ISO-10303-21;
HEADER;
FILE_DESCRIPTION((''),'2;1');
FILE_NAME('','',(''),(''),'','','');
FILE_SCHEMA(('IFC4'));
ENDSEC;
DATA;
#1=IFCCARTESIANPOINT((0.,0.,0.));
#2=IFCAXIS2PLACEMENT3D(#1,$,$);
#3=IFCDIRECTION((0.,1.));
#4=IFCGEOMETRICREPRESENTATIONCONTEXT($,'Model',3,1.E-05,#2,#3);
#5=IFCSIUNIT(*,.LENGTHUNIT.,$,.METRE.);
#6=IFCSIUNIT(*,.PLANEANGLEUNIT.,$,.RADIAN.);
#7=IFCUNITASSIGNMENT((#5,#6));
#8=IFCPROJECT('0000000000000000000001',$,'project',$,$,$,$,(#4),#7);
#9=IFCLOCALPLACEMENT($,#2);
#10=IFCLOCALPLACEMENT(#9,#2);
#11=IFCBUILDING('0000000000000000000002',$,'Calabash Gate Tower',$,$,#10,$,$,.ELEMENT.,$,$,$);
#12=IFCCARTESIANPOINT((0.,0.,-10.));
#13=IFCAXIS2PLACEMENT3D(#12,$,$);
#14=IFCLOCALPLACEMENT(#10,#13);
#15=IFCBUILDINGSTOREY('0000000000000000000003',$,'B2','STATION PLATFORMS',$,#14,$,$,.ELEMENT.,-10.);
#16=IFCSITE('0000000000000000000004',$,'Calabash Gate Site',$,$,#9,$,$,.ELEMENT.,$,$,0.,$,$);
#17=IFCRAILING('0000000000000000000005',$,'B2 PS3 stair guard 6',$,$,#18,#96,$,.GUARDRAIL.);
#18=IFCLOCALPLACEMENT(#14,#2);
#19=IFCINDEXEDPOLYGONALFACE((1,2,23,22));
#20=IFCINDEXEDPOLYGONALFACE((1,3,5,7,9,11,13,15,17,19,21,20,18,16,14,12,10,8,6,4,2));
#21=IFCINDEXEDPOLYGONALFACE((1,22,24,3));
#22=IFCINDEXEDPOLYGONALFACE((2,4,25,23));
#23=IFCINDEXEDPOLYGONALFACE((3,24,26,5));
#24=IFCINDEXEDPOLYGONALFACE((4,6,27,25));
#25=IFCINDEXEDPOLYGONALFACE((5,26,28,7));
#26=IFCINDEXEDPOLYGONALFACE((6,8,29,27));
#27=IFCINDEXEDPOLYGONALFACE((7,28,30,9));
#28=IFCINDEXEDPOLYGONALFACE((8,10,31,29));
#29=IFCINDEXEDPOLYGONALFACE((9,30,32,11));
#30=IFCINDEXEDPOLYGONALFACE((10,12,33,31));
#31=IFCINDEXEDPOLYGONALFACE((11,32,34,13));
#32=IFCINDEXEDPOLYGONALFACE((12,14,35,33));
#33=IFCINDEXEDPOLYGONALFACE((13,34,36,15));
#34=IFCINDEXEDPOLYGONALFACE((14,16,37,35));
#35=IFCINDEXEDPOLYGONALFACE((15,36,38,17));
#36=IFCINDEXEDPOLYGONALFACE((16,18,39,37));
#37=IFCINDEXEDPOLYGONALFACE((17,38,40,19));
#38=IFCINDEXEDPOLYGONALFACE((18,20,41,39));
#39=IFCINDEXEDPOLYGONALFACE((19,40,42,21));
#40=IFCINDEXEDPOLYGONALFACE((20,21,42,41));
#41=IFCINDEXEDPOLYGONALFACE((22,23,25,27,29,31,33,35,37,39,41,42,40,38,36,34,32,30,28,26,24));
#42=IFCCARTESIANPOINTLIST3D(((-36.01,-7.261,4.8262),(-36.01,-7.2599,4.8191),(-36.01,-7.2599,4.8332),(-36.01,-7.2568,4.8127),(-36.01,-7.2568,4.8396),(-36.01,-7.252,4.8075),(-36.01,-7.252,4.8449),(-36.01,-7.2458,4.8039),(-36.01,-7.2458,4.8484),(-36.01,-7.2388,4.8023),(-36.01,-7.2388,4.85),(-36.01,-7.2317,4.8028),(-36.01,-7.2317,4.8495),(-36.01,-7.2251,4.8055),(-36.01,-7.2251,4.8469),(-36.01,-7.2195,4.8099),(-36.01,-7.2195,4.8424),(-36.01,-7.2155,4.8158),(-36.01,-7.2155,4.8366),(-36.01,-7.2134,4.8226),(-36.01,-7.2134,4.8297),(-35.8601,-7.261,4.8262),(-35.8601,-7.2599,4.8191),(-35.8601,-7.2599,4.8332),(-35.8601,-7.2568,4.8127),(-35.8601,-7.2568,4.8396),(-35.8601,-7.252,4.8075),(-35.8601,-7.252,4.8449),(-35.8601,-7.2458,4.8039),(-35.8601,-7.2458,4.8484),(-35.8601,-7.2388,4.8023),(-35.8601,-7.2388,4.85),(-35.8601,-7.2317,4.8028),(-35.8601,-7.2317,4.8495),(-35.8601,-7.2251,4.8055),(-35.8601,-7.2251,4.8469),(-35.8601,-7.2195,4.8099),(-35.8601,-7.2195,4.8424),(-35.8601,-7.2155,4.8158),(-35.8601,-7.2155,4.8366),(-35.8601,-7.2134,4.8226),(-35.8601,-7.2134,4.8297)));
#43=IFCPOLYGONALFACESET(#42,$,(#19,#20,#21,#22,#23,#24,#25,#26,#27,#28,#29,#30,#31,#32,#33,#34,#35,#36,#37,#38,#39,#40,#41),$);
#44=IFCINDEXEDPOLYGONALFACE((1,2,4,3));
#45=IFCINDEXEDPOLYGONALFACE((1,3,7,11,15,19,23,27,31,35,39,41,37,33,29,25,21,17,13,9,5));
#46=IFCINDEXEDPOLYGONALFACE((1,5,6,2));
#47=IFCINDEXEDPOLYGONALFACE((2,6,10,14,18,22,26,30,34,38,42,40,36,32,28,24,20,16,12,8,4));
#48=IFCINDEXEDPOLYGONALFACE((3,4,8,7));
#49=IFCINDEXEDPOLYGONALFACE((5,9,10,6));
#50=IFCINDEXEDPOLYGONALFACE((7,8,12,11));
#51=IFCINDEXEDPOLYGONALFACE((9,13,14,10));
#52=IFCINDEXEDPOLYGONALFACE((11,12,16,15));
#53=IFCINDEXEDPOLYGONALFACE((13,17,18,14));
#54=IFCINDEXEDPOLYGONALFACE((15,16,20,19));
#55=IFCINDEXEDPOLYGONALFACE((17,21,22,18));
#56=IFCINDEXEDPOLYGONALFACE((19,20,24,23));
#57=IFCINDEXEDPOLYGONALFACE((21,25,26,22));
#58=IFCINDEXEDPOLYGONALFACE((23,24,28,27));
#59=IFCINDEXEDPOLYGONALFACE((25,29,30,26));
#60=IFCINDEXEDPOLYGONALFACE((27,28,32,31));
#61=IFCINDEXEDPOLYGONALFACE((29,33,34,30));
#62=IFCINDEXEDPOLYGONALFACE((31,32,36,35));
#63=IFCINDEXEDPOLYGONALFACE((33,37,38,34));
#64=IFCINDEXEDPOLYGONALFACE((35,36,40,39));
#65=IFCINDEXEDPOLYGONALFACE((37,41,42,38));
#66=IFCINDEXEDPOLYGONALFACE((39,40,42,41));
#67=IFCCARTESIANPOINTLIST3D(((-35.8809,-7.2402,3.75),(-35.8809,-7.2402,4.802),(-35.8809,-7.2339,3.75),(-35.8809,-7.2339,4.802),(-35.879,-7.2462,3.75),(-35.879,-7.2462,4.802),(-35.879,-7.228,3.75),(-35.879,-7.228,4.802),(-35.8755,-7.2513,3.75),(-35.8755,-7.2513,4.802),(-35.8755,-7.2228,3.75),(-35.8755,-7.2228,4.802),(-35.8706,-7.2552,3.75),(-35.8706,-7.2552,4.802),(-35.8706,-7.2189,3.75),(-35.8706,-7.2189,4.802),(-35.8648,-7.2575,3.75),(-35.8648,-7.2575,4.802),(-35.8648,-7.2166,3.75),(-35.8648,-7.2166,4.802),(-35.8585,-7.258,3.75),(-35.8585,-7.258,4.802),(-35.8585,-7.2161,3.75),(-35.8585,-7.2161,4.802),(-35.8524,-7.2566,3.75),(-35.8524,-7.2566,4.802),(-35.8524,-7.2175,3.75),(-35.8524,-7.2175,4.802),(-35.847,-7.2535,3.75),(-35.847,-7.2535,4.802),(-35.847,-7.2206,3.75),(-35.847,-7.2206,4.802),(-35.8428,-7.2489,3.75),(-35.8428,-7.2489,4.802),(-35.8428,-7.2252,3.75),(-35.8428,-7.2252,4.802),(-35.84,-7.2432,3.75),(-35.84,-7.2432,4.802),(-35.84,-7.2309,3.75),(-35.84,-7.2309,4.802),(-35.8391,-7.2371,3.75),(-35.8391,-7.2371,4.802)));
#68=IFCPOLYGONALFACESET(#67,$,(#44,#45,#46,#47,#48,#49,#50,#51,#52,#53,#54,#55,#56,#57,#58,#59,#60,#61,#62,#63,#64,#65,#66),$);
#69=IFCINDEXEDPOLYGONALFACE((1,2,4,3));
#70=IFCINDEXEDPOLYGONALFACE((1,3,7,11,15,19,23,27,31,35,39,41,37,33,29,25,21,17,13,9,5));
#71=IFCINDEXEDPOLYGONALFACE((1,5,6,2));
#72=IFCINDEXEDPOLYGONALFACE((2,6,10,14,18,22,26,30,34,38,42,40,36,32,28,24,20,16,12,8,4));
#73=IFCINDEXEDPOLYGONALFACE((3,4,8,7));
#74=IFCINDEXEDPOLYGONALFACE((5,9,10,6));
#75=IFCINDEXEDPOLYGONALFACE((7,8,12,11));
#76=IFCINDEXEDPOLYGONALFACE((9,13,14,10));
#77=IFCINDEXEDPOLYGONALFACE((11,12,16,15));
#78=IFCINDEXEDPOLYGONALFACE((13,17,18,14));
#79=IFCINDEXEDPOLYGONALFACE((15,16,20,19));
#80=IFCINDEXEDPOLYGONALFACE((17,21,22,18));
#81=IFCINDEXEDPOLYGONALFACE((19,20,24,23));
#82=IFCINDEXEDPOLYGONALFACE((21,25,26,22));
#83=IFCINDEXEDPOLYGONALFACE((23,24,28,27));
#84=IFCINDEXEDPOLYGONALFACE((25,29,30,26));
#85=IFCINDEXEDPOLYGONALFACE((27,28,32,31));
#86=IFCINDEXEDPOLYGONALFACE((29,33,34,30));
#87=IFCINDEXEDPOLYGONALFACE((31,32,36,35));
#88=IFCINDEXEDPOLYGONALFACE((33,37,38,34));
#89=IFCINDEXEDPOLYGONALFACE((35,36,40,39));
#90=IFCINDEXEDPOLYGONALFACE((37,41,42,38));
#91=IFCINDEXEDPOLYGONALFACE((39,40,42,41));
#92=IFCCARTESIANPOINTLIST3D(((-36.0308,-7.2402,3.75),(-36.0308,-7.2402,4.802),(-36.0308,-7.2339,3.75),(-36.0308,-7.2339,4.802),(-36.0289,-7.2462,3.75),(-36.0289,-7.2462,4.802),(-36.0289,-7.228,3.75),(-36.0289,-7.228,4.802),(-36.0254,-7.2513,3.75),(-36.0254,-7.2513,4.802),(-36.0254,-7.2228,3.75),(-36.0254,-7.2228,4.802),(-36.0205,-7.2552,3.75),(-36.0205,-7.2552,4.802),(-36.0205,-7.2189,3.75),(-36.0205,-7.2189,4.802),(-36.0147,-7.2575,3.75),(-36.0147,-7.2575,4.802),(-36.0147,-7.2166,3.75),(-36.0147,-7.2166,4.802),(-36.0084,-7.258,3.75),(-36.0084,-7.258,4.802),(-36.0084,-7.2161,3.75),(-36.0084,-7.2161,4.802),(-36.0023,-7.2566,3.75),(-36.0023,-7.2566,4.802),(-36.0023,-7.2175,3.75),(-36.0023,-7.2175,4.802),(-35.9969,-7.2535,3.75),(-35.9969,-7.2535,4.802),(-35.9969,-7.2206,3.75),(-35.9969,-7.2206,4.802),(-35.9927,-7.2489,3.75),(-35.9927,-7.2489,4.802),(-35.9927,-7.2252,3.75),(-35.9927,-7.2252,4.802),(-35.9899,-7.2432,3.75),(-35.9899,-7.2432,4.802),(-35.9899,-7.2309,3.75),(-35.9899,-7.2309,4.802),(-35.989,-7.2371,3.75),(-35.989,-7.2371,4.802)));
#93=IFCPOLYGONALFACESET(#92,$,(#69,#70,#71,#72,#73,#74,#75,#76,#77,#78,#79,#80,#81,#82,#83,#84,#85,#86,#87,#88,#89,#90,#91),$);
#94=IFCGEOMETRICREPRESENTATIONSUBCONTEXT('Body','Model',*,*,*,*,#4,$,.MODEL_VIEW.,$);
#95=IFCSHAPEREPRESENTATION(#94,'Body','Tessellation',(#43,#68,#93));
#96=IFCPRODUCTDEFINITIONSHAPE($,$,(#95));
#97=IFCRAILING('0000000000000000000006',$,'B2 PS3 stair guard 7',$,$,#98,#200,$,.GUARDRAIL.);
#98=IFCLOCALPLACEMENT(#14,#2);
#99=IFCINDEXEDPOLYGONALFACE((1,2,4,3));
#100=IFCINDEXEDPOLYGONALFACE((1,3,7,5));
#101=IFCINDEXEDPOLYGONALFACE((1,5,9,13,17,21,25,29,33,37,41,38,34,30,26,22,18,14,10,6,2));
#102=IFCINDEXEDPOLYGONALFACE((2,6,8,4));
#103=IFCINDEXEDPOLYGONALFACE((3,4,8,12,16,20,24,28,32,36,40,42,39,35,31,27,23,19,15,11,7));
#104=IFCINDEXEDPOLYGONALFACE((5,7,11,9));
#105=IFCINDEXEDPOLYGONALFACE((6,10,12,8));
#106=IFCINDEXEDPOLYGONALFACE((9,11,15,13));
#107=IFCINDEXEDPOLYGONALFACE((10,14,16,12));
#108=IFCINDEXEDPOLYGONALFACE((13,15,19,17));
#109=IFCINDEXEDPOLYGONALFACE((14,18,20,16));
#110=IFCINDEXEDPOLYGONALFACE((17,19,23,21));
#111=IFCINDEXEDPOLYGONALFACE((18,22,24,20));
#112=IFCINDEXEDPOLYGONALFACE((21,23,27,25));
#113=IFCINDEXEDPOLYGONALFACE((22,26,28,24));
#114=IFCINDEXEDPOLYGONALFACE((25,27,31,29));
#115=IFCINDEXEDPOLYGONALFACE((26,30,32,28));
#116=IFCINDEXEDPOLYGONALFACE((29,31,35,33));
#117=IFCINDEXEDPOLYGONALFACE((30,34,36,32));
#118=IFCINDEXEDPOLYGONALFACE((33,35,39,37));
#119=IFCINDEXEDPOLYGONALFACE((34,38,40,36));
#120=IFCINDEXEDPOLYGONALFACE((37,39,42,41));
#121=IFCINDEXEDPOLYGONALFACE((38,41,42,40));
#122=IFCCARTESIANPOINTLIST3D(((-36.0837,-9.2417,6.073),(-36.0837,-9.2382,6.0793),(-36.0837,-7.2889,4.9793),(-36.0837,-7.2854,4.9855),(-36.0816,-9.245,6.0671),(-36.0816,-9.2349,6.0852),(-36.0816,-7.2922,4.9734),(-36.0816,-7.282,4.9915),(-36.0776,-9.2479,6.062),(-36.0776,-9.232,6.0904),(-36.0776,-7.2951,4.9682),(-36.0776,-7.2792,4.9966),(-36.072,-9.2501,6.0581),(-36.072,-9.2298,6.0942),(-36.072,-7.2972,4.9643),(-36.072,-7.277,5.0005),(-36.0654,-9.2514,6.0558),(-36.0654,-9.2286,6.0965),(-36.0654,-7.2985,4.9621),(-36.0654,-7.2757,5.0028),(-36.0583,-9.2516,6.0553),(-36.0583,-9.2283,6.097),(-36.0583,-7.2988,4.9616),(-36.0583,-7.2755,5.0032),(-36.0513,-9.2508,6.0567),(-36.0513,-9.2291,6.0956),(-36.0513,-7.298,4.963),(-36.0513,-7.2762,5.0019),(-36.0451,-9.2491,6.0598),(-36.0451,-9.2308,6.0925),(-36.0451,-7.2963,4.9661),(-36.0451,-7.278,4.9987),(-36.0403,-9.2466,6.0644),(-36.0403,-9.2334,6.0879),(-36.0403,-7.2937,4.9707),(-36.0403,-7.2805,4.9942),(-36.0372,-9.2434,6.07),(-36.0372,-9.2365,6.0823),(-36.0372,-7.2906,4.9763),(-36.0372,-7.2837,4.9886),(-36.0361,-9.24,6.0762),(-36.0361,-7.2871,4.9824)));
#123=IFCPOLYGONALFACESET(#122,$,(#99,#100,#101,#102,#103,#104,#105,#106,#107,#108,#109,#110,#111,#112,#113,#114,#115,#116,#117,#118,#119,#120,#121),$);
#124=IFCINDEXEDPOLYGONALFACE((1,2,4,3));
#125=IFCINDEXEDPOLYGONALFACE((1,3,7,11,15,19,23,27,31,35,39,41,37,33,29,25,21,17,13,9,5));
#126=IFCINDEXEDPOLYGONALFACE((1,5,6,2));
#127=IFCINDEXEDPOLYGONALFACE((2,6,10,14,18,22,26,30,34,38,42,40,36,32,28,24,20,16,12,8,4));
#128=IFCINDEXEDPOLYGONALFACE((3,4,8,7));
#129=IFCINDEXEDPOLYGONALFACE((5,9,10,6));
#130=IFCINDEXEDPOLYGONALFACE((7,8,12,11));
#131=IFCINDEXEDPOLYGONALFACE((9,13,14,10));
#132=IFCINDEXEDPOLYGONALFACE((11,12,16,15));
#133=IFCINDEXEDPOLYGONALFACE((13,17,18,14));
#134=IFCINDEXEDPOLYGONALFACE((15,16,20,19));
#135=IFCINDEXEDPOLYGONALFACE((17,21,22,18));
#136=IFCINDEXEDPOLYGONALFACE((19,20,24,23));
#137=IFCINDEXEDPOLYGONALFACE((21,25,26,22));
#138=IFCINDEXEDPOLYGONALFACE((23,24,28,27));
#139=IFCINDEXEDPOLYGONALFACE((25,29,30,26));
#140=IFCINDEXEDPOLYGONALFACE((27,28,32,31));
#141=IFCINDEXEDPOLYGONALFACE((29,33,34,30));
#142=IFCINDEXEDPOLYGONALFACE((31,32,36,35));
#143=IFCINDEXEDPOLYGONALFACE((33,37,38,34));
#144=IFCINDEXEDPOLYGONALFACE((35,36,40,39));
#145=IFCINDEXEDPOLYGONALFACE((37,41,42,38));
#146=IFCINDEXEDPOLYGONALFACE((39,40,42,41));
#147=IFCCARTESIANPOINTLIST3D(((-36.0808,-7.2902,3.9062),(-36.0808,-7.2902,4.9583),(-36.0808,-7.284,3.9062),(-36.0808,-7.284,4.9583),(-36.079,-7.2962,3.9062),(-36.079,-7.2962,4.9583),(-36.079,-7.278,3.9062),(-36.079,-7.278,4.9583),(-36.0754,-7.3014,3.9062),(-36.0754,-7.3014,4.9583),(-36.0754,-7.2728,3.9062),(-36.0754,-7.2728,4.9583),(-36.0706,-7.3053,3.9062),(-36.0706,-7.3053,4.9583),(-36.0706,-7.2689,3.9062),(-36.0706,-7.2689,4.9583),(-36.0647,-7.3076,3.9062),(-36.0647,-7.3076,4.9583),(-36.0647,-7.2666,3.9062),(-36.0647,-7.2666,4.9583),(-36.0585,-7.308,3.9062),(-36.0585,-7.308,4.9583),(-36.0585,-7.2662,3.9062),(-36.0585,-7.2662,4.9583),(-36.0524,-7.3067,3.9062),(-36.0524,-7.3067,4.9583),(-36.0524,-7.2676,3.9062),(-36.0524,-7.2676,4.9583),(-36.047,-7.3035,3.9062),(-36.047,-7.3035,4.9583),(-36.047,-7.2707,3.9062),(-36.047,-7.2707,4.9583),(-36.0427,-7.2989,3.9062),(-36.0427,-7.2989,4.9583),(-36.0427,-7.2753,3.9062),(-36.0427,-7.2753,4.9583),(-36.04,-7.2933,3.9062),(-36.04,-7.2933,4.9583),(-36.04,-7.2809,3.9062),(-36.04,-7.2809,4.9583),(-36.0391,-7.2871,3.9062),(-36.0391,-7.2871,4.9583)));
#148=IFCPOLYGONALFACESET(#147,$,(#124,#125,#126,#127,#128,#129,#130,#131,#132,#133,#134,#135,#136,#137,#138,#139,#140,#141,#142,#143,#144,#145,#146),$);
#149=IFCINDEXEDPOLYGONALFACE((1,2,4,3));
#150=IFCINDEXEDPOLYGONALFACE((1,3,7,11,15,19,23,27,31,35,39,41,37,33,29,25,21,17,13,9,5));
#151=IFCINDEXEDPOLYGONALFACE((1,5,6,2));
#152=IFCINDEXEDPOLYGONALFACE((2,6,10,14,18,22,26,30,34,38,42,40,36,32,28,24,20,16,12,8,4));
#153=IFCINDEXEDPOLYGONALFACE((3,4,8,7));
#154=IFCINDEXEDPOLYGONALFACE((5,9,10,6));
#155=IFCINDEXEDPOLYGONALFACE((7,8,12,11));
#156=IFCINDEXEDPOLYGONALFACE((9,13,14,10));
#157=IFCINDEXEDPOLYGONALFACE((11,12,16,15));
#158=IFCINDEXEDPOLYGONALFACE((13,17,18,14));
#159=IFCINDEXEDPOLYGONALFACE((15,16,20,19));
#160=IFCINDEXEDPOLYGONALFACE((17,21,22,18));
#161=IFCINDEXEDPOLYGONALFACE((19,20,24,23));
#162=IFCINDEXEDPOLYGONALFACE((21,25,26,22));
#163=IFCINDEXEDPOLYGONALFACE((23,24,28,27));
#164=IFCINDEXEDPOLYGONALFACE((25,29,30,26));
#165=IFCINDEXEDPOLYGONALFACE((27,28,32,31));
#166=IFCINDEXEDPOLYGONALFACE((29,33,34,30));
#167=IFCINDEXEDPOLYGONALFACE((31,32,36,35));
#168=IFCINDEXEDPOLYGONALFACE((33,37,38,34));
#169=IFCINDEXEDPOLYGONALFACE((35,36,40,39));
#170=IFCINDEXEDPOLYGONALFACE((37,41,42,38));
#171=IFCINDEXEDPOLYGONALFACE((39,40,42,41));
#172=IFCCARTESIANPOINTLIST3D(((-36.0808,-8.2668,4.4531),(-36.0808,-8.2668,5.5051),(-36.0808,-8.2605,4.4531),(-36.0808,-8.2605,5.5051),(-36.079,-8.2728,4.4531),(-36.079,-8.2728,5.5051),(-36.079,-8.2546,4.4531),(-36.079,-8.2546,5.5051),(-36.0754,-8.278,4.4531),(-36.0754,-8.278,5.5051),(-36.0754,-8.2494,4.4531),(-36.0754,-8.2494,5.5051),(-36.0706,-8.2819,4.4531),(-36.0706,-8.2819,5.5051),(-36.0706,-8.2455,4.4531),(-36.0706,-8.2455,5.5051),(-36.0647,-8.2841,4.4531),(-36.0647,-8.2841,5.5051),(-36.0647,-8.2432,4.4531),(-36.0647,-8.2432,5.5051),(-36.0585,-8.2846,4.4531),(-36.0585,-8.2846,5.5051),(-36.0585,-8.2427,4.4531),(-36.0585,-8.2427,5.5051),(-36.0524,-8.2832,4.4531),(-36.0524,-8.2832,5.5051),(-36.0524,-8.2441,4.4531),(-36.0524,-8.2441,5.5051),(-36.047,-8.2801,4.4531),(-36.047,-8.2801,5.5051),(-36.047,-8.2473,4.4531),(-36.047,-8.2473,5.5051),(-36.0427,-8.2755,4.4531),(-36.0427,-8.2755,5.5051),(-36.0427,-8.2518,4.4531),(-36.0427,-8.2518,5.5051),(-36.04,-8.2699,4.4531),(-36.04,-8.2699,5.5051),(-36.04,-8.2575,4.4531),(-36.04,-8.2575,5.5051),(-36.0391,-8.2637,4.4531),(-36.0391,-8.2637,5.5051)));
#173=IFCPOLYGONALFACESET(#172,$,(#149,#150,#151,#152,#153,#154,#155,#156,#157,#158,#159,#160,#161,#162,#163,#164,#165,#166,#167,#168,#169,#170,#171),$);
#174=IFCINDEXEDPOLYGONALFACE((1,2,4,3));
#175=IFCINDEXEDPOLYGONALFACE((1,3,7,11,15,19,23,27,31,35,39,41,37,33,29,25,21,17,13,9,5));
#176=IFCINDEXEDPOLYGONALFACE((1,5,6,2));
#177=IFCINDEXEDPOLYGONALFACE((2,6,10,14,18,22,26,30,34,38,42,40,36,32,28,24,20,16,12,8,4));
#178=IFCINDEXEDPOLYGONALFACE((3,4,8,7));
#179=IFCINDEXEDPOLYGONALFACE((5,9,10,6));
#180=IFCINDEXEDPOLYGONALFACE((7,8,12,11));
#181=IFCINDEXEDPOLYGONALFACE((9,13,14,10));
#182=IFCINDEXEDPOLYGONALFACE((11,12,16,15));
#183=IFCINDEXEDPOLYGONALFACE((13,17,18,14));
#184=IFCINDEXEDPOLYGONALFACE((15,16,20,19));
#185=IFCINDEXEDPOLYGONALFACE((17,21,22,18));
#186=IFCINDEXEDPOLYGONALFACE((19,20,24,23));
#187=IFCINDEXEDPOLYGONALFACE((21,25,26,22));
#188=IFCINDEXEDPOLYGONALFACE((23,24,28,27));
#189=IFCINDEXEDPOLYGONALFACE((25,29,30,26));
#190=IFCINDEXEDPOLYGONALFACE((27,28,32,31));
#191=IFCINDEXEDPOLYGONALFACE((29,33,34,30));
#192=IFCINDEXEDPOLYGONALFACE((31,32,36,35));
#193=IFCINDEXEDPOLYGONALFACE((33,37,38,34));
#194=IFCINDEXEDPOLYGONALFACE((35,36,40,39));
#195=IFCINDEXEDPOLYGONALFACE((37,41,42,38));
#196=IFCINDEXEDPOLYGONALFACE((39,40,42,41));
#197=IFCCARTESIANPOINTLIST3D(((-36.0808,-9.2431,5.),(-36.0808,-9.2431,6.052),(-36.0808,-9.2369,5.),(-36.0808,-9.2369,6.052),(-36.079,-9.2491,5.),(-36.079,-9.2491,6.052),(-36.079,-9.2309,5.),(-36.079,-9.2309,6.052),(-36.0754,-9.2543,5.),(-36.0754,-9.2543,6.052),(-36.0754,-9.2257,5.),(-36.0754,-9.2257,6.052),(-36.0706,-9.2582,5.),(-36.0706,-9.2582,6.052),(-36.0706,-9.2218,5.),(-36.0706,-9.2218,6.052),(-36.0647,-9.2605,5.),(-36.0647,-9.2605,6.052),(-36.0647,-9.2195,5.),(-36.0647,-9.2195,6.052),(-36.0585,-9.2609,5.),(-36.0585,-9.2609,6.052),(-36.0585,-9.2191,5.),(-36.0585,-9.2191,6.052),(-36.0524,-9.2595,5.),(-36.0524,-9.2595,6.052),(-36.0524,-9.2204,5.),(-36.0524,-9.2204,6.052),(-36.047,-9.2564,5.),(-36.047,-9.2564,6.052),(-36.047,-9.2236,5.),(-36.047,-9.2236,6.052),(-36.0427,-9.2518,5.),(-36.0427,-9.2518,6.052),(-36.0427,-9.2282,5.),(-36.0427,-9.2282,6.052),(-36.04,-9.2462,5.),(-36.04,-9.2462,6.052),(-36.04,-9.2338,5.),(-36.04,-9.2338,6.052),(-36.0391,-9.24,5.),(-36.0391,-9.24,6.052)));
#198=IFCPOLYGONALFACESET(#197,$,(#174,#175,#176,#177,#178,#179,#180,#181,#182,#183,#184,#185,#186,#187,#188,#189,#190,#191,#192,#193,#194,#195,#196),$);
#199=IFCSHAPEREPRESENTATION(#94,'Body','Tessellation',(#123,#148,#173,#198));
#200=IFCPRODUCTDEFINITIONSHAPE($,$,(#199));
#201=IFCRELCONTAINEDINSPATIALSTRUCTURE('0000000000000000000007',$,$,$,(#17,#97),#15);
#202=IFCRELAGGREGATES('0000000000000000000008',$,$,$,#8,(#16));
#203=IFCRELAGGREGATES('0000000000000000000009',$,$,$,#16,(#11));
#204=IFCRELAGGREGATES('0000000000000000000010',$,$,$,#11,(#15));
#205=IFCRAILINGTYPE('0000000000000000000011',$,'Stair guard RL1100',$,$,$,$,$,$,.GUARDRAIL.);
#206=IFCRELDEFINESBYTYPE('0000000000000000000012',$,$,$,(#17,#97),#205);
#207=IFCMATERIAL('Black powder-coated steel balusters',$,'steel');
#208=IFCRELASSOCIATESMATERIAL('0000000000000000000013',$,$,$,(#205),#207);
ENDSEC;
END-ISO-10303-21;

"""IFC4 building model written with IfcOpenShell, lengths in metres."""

from ifc_helpers import new_model, si_unit, direction, frame, origin, origin_2d, place, context, subcontext, project, spatial, circle, extrude, material, type_object, element, save


model = new_model("IFC4")

# Units and contexts
model_context = context("Model", 3, precision=1e-05, world=origin(), true_north=direction((0.0, 1.0)))
body_context = subcontext(model_context, "Body", "Model", "MODEL_VIEW")
ifc_project = project(units=[si_unit("LENGTHUNIT", "METRE"), si_unit("PLANEANGLEUNIT", "RADIAN")], contexts=[model_context])

# Site, building, storey
site_placement = place(None, origin())
site = spatial("IfcSite", under=ifc_project, at=site_placement, Name="Calabash Gate Site", CompositionType="ELEMENT", RefElevation=0.0)
building_placement = place(site_placement, origin())
building = spatial("IfcBuilding", under=site, at=building_placement, Name="Calabash Gate Tower", CompositionType="ELEMENT")
storey_placement = place(building_placement, frame((0.0, 0.0, -10.0)))
storey = spatial("IfcBuildingStorey", under=building, at=storey_placement, Name="B2", Description="STATION PLATFORMS", CompositionType="ELEMENT", Elevation=-10.0)

# Railings
ifc_material_1 = material(Name="Black powder-coated steel balusters", Category="steel")
railing_type_1 = type_object("IfcRailingType", Name="Stair guard RL1100", PredefinedType="GUARDRAIL", material=ifc_material_1)
for number, where, name in (
    (1, (-35.8601, -7.2371, 3.75), "B2 PS3 stair guard 6"),
):
    element("IfcRailing", number, at=place(storey_placement, frame(where)), inside=storey, type_object=railing_type_1, Name=name, PredefinedType="GUARDRAIL", context=body_context, shape_type="SweptSolid", body=[
        extrude(circle(Radius=0.0239, at=origin_2d()), frame((0.0, 0.0, 1.0762), z_axis=(-1.0, 0.0, 0.0), x_axis=(0.0, -1.0, 0.0)), (0.0, 0.0, 1.0), 0.1499),
        extrude(circle(Radius=0.021, at=origin_2d()), origin(), (0.0, 0.0, 1.0), 1.052),
        extrude(circle(Radius=0.021, at=origin_2d()), frame((-0.1499, 0.0, 0.0)), (0.0, 0.0, 1.0), 1.052),
    ])
railing_1_placement = place(storey_placement, frame((-36.0601, -7.2871, 3.9062)))
element("IfcRailing", 2, at=railing_1_placement, inside=storey, type_object=railing_type_1, Name="B2 PS3 stair guard 7", PredefinedType="GUARDRAIL", context=body_context, shape_type="SweptSolid", body=[
    extrude(circle(Radius=0.0239, at=origin_2d()), frame((0.0, 0.0, 1.0762), z_axis=(0.0, -0.87248, 0.48865), x_axis=(1.0, 0.0, 0.0)), (0.0, 0.0, 1.0), 2.2383),
    extrude(circle(Radius=0.021, at=origin_2d()), origin(), (0.0, 0.0, 1.0), 1.052),
    extrude(circle(Radius=0.021, at=origin_2d()), frame((0.0, -0.9766, 0.5469)), (0.0, 0.0, 1.0), 1.052),
    extrude(circle(Radius=0.021, at=origin_2d()), frame((0.0, -1.9529, 1.0938)), (0.0, 0.0, 1.0), 1.052),
])

save(model, "model.ifc")
